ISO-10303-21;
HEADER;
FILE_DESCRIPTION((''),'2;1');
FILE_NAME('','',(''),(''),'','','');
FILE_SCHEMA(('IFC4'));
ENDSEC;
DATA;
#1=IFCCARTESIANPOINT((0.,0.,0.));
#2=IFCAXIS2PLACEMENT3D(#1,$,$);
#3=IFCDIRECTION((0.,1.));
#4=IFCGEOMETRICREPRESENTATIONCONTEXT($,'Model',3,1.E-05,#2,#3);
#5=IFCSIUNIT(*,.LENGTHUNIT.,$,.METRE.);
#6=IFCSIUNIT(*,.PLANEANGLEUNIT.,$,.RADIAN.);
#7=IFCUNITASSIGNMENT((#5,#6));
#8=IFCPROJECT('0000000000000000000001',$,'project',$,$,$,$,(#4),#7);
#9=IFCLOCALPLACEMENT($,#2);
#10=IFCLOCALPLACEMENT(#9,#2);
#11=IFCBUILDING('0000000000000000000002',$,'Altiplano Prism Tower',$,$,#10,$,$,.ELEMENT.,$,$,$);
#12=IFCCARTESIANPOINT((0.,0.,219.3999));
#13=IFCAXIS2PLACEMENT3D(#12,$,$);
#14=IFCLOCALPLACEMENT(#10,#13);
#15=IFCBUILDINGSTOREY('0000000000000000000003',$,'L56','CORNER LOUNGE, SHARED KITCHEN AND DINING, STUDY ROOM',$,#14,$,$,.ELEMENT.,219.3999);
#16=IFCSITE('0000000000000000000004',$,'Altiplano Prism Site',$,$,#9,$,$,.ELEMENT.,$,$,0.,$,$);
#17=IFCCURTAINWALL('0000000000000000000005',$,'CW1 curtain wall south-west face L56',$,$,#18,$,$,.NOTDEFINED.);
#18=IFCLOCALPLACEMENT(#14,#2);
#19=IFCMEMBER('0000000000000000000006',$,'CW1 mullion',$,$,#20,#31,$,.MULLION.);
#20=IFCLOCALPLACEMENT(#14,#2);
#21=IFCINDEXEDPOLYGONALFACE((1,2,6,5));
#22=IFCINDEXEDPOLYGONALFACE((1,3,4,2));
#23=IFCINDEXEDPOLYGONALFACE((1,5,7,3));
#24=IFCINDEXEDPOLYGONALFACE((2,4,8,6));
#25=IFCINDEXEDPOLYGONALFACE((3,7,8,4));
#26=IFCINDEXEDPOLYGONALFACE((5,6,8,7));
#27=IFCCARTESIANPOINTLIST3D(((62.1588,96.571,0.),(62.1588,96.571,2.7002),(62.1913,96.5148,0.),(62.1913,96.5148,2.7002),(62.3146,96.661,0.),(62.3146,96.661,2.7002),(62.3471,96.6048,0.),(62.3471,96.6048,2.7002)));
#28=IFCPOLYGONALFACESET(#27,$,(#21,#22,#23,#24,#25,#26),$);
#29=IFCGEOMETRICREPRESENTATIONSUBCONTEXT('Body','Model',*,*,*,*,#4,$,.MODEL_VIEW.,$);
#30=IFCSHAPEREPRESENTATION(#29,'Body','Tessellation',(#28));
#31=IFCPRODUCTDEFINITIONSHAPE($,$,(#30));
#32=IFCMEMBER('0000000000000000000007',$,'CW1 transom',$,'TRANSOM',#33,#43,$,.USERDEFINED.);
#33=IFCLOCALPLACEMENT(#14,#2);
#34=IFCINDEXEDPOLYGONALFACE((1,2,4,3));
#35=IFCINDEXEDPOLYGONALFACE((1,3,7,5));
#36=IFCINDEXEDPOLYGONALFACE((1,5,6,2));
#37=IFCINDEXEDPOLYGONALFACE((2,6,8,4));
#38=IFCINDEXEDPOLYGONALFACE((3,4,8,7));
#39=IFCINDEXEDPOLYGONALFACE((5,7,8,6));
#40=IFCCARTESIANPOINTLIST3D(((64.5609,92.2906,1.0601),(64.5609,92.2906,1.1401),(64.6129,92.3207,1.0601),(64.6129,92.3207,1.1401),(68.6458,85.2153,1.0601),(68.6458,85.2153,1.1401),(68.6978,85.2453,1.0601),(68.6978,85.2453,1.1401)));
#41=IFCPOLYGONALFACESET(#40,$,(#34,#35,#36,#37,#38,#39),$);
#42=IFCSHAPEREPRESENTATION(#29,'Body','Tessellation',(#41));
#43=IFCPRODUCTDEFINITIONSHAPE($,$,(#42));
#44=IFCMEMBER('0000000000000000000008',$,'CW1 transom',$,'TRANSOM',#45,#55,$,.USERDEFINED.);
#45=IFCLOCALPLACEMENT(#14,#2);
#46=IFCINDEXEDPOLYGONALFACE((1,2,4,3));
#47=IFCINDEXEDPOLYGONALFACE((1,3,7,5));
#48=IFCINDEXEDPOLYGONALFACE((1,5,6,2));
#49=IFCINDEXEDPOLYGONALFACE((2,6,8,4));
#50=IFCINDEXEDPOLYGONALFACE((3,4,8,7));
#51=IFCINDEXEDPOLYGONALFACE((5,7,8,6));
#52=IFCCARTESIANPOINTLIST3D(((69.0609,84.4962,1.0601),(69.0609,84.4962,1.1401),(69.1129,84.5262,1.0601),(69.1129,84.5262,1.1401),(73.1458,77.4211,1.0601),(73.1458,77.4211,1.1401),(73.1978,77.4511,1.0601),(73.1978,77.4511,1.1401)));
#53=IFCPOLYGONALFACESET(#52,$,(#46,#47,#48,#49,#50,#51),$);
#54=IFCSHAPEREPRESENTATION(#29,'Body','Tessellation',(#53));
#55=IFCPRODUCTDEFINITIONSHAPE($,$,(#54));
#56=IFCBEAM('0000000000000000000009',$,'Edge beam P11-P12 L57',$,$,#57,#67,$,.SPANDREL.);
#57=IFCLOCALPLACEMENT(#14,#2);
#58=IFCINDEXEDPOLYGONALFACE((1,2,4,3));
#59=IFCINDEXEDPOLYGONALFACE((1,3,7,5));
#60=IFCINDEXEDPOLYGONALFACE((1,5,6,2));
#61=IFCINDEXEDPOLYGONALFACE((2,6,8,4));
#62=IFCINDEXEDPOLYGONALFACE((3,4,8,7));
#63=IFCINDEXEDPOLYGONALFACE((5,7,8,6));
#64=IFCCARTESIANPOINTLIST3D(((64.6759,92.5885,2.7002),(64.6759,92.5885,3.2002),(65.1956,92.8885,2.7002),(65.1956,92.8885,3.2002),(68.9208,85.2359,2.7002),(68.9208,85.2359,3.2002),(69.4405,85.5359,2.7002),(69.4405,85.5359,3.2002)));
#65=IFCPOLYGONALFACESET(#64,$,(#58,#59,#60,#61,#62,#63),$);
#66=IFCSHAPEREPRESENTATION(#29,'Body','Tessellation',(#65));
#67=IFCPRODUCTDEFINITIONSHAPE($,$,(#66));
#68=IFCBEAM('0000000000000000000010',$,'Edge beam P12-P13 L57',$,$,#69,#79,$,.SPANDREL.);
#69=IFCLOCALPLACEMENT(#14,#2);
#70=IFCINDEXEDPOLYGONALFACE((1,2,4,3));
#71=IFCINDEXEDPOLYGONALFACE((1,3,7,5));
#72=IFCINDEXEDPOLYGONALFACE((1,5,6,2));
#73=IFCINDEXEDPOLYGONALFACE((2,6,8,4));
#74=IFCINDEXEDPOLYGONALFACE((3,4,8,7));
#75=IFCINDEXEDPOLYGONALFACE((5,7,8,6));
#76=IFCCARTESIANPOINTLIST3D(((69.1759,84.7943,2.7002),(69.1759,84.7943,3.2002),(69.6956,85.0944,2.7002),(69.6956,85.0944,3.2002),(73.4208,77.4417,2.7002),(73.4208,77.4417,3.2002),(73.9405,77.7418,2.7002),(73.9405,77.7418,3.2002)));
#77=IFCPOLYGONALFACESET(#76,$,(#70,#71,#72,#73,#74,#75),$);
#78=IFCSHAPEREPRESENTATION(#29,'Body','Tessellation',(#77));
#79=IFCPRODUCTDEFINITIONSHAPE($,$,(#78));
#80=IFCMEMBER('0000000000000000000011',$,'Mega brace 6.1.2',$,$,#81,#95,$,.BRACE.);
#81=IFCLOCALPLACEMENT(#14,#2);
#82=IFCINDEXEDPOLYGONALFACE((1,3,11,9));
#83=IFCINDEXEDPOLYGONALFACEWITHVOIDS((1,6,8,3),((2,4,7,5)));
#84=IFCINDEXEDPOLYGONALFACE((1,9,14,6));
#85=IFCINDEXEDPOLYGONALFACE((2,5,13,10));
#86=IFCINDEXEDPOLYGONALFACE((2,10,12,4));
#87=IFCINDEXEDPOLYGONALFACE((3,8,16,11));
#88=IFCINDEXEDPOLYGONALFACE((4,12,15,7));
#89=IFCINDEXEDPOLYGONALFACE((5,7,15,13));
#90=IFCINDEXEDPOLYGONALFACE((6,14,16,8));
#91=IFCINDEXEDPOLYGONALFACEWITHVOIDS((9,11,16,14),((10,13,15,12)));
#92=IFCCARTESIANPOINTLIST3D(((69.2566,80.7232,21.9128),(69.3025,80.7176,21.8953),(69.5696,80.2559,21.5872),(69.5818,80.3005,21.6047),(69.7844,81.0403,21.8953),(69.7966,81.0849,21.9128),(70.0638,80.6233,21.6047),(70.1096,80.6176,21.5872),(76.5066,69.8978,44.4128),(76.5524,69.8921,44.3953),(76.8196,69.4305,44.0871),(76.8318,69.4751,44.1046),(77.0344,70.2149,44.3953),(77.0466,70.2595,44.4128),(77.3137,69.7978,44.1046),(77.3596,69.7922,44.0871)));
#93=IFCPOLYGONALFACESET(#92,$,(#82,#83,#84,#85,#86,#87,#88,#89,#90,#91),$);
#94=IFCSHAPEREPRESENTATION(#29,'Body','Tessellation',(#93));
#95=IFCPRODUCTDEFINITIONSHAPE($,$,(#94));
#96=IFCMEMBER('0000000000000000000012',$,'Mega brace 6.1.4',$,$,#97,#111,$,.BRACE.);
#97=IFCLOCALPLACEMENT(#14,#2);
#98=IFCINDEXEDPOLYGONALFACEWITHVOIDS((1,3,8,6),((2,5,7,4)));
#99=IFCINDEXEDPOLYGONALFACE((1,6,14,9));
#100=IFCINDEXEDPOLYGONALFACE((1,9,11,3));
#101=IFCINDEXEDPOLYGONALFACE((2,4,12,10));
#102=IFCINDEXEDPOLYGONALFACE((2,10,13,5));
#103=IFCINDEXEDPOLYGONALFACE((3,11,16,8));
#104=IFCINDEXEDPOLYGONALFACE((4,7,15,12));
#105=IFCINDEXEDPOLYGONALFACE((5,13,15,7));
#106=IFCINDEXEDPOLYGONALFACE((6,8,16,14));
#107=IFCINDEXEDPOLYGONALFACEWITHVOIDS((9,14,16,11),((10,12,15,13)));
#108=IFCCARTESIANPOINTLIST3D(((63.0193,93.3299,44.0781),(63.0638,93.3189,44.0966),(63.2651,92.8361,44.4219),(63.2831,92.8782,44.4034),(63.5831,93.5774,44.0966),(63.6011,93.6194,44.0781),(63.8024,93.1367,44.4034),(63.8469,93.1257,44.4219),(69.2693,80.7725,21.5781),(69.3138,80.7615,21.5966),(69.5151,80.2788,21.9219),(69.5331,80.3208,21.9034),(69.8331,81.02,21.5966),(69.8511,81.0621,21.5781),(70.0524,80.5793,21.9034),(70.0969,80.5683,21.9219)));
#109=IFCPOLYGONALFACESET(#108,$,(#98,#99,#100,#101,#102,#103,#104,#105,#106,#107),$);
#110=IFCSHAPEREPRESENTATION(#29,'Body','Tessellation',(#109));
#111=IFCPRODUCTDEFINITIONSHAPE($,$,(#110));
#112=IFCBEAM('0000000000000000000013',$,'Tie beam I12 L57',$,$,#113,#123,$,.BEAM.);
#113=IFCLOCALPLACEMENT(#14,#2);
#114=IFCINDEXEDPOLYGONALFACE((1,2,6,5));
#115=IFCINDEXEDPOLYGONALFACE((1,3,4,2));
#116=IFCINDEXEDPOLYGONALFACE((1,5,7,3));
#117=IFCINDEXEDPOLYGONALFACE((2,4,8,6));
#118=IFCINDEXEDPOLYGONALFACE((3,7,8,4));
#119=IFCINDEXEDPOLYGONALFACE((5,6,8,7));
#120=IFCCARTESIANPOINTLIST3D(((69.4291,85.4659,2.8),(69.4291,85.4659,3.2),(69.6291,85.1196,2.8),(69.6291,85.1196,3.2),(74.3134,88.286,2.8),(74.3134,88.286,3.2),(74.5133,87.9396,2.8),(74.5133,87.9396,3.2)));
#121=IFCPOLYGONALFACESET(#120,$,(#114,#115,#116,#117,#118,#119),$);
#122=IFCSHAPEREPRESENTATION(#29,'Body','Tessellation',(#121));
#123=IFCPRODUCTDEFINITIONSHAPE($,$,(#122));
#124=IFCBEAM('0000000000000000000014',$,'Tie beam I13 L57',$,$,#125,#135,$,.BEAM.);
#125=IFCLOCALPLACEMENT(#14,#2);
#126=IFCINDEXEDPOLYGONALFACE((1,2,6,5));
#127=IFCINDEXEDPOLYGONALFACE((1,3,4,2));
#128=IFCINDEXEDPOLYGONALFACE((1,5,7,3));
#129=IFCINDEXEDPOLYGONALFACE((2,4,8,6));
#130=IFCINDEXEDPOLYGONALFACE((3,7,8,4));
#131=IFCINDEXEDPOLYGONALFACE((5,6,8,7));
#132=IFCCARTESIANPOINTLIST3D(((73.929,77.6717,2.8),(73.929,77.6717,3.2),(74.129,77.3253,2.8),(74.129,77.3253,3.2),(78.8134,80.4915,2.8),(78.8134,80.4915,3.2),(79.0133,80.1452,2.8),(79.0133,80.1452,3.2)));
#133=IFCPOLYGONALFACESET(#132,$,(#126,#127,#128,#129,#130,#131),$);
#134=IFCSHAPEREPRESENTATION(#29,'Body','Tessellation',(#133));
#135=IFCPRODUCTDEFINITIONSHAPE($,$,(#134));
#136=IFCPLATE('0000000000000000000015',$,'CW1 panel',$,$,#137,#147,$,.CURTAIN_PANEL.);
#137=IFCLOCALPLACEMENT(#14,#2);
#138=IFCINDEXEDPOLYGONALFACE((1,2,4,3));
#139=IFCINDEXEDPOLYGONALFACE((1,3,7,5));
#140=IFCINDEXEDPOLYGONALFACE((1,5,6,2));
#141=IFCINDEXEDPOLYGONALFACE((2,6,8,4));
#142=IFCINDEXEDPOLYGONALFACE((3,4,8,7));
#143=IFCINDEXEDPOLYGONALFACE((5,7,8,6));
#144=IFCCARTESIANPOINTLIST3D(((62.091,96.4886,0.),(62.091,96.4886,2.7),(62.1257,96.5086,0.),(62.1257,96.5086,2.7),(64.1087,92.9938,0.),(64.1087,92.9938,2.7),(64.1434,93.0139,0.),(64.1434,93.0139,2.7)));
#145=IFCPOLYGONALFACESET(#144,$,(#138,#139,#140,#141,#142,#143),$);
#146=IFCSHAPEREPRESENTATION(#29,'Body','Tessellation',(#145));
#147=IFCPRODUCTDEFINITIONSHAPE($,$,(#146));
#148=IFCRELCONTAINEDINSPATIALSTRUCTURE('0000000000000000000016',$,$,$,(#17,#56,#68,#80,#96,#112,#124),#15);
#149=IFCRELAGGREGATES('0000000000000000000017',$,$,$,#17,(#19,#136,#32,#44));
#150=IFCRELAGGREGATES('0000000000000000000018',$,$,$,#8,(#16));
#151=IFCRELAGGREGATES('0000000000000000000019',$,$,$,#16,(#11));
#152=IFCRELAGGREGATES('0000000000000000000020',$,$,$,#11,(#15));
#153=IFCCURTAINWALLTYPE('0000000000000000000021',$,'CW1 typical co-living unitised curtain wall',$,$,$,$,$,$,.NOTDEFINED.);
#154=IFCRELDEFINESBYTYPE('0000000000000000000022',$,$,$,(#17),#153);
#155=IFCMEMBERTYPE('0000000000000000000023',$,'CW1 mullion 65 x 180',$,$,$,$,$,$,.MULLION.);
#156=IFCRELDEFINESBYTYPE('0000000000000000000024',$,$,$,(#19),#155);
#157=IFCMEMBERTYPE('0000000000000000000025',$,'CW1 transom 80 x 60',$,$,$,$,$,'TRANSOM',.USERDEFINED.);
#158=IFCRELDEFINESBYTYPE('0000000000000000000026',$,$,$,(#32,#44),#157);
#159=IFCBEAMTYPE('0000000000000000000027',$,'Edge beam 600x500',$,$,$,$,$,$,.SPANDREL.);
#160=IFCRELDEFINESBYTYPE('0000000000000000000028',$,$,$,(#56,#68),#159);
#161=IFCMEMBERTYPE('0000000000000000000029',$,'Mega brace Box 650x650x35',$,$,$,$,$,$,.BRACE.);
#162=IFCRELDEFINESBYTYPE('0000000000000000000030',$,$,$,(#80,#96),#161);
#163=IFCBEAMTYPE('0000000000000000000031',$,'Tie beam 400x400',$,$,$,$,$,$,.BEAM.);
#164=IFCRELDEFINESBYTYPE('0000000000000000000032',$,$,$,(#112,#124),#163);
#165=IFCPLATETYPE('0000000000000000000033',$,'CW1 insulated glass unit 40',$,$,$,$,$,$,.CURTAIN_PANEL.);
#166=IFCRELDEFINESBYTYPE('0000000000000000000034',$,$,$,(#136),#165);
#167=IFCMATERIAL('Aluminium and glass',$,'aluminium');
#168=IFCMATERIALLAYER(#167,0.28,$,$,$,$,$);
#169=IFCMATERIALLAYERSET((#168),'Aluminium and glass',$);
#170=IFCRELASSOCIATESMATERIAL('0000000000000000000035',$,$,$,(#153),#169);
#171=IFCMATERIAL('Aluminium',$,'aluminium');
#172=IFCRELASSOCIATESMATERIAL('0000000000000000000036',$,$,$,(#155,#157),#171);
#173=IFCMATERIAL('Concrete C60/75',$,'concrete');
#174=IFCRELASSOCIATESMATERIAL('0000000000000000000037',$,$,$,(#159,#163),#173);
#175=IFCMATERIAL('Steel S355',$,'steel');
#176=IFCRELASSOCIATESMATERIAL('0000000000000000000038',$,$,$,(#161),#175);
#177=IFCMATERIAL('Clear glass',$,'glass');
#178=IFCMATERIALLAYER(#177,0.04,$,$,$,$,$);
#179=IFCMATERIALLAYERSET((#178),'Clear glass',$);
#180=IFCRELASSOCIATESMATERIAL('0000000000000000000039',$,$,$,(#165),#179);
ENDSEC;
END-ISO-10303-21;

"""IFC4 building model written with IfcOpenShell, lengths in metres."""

from ifc_helpers import new_model, si_unit, direction, frame, origin, origin_2d, place, context, subcontext, project, spatial, rectangle, hollow_rectangle, extrude, material, layer, layer_set, material_profile, profile_set, type_object, element, aggregate, save


model = new_model("IFC4")

# Units and contexts
model_context = context("Model", 3, precision=1e-05, world=origin(), true_north=direction((0.0, 1.0)))
body_context = subcontext(model_context, "Body", "Model", "MODEL_VIEW")
ifc_project = project(units=[si_unit("LENGTHUNIT", "METRE"), si_unit("PLANEANGLEUNIT", "RADIAN")], contexts=[model_context])

# Site, building, storey
site_placement = place(None, origin())
site = spatial("IfcSite", under=ifc_project, at=site_placement, Name="Altiplano Prism Site", CompositionType="ELEMENT", RefElevation=0.0)
building_placement = place(site_placement, origin())
building = spatial("IfcBuilding", under=site, at=building_placement, Name="Altiplano Prism Tower", CompositionType="ELEMENT")
storey_placement = place(building_placement, frame((0.0, 0.0, 219.3999)))
storey = spatial("IfcBuildingStorey", under=building, at=storey_placement, Name="L56", Description="CORNER LOUNGE, SHARED KITCHEN AND DINING, STUDY ROOM", CompositionType="ELEMENT", Elevation=219.3999)

# Curtain wall, members
ifc_material_1 = material(Name="Aluminium and glass", Category="aluminium")
ifc_layer_1 = layer(ifc_material_1, 0.28)
ifc_layer_set_1 = layer_set([ifc_layer_1], Name="Aluminium and glass")
curtain_wall_type = type_object("IfcCurtainWallType", Name="CW1 typical co-living unitised curtain wall", PredefinedType="NOTDEFINED", material=ifc_layer_set_1)
curtain_wall_placement = place(storey_placement, origin())
curtain_wall = element("IfcCurtainWall", 1, at=curtain_wall_placement, inside=storey, type_object=curtain_wall_type, Name="CW1 curtain wall south-west face L56", PredefinedType="NOTDEFINED")
ifc_material_2 = material(Name="Aluminium", Category="aluminium")
ifc_material_profile_1 = material_profile(ifc_material_2, rectangle(XDim=0.1799, YDim=0.0649, at=origin_2d()), Name="CW1 mullion 65 x 180")
ifc_profile_set_1 = profile_set([ifc_material_profile_1], Name="Aluminium")
member_type_1 = type_object("IfcMemberType", Name="CW1 mullion 65 x 180", PredefinedType="MULLION", material=ifc_profile_set_1)
member_1_placement = place(storey_placement, frame((62.2529, 96.5879, 0.0), z_axis=(0.0, 0.0, 1.0), x_axis=(0.866025, 0.5, 0.0)))
member_1 = element("IfcMember", 2, at=member_1_placement, type_object=member_type_1, Name="CW1 mullion", PredefinedType="MULLION", context=body_context, shape_type="SweptSolid", body=[
    extrude(rectangle(XDim=0.1799, YDim=0.0649, at=origin_2d()), origin(), (0.0, 0.0, 1.0), 2.7002),
])
ifc_material_profile_2 = material_profile(ifc_material_2, rectangle(XDim=0.0601, YDim=0.0801, at=origin_2d()), Name="CW1 transom 80 x 60")
ifc_profile_set_2 = profile_set([ifc_material_profile_2], Name="Aluminium")
member_type_2 = type_object("IfcMemberType", Name="CW1 transom 80 x 60", ElementType="TRANSOM", PredefinedType="USERDEFINED", material=ifc_profile_set_2)
member_2_placement = place(storey_placement, frame((64.5869, 92.3057, 1.1001), z_axis=(0.499996, -0.866028, 0.0), x_axis=(0.866028, 0.499996, 0.0)))
member_2 = element("IfcMember", 3, at=member_2_placement, type_object=member_type_2, Name="CW1 transom", ObjectType="TRANSOM", PredefinedType="USERDEFINED", context=body_context, shape_type="SweptSolid", body=[
    extrude(rectangle(XDim=0.0601, YDim=0.0801, at=origin_2d()), origin(), (0.0, 0.0, 1.0), 8.1699),
])
member_3_placement = place(storey_placement, frame((69.0869, 84.5112, 1.1001), z_axis=(0.500009, -0.86602, 0.0), x_axis=(0.86602, 0.500009, 0.0)))
member_3 = element("IfcMember", 4, at=member_3_placement, type_object=member_type_2, Name="CW1 transom", ObjectType="TRANSOM", PredefinedType="USERDEFINED", context=body_context, shape_type="SweptSolid", body=[
    extrude(rectangle(XDim=0.0601, YDim=0.0801, at=origin_2d()), origin(), (0.0, 0.0, 1.0), 8.1697),
])

# Beams
ifc_material_3 = material(Name="Concrete C60/75", Category="concrete")
ifc_material_profile_3 = material_profile(ifc_material_3, rectangle(XDim=0.6001, YDim=0.5, at=origin_2d()), Name="Edge beam 600x500")
ifc_profile_set_3 = profile_set([ifc_material_profile_3], Name="Concrete C60/75")
beam_type_1 = type_object("IfcBeamType", Name="Edge beam 600x500", PredefinedType="SPANDREL", material=ifc_profile_set_3)
for number, where, z_axis, x_axis, name in (
    (5, (64.9358, 92.7385, 2.9502), (0.49999, -0.866031, 0.0), (0.866031, 0.49999, 0.0), "Edge beam P11-P12 L57"),
    (6, (69.4358, 84.9443, 2.9502), (0.49999, -0.866031, 0.0), (0.866031, 0.49999, 0.0), "Edge beam P12-P13 L57"),
):
    element("IfcBeam", number, at=place(storey_placement, frame(where, z_axis=z_axis, x_axis=x_axis)), inside=storey, type_object=beam_type_1, Name=name, PredefinedType="SPANDREL", context=body_context, shape_type="SweptSolid", body=[
        extrude(rectangle(XDim=0.6001, YDim=0.5, at=origin_2d()), origin(), (0.0, 0.0, 1.0), 8.49),
    ])

# Members
ifc_material_4 = material(Name="Steel S355", Category="steel")
ifc_material_profile_4 = material_profile(ifc_material_4, hollow_rectangle(XDim=0.6499, YDim=0.6499, WallThickness=0.0349, at=origin_2d()), Name="Mega brace Box 650x650x35")
ifc_profile_set_4 = profile_set([ifc_material_profile_4], Name="Steel S355")
member_type_3 = type_object("IfcMemberType", Name="Mega brace Box 650x650x35", PredefinedType="BRACE", material=ifc_profile_set_4)
member_4_placement = place(storey_placement, frame((69.6831, 80.6704, 21.75), z_axis=(0.278846, -0.416362, 0.865383), x_axis=(0.830878, 0.556455, 0.0)))
element("IfcMember", 7, at=member_4_placement, inside=storey, type_object=member_type_3, Name="Mega brace 6.1.2", PredefinedType="BRACE", context=body_context, shape_type="SweptSolid", body=[
    extrude(hollow_rectangle(XDim=0.6499, YDim=0.6499, WallThickness=0.0349, at=origin_2d()), origin(), (0.0, 0.0, 1.0), 26.0),
])
member_5_placement = place(storey_placement, frame((69.6831, 80.6704, 21.75), z_axis=(-0.235723, 0.47361, 0.848604), x_axis=(-0.895244, -0.445577, 0.0)))
element("IfcMember", 8, at=member_5_placement, inside=storey, type_object=member_type_3, Name="Mega brace 6.1.4", PredefinedType="BRACE", context=body_context, shape_type="SweptSolid", body=[
    extrude(hollow_rectangle(XDim=0.6499, YDim=0.6499, WallThickness=0.0349, at=origin_2d()), origin(), (0.0, 0.0, 1.0), 26.5142),
])

# Beams
ifc_material_profile_5 = material_profile(ifc_material_3, rectangle(XDim=0.3999, YDim=0.3999, at=origin_2d()), Name="Tie beam 400x400")
ifc_profile_set_5 = profile_set([ifc_material_profile_5], Name="Concrete C60/75")
beam_type_2 = type_object("IfcBeamType", Name="Tie beam 400x400", PredefinedType="BEAM", material=ifc_profile_set_5)
for number, where, z_axis, x_axis, name in (
    (9, (74.4133, 88.1128, 3.0), (-0.866015, -0.500017, 0.0), (0.500017, -0.866015, 0.0), "Tie beam I12 L57"),
    (10, (78.9133, 80.3184, 3.0), (-0.866034, -0.499985, 0.0), (0.499985, -0.866034, 0.0), "Tie beam I13 L57"),
):
    element("IfcBeam", number, at=place(storey_placement, frame(where, z_axis=z_axis, x_axis=x_axis)), inside=storey, type_object=beam_type_2, Name=name, PredefinedType="BEAM", context=body_context, shape_type="SweptSolid", body=[
        extrude(rectangle(XDim=0.3999, YDim=0.3999, at=origin_2d()), origin(), (0.0, 0.0, 1.0), 5.6399),
    ])

# Plate
ifc_material_5 = material(Name="Clear glass", Category="glass")
ifc_layer_2 = layer(ifc_material_5, 0.04)
ifc_layer_set_2 = layer_set([ifc_layer_2], Name="Clear glass")
plate_type = type_object("IfcPlateType", Name="CW1 insulated glass unit 40", PredefinedType="CURTAIN_PANEL", material=ifc_layer_set_2)
plate_placement = place(storey_placement, frame((63.1172, 94.7512, 0.0), z_axis=(0.0, 0.0, 1.0), x_axis=(0.5, -0.866025, 0.0)))
plate = element("IfcPlate", 11, at=plate_placement, type_object=plate_type, Name="CW1 panel", PredefinedType="CURTAIN_PANEL", context=body_context, shape_type="SweptSolid", body=[
    extrude(rectangle(XDim=4.0354, YDim=0.04, at=origin_2d()), origin(), (0.0, 0.0, 1.0), 2.7),
])
aggregate(curtain_wall, [member_1, plate, member_2, member_3])

save(model, "model.ifc")
